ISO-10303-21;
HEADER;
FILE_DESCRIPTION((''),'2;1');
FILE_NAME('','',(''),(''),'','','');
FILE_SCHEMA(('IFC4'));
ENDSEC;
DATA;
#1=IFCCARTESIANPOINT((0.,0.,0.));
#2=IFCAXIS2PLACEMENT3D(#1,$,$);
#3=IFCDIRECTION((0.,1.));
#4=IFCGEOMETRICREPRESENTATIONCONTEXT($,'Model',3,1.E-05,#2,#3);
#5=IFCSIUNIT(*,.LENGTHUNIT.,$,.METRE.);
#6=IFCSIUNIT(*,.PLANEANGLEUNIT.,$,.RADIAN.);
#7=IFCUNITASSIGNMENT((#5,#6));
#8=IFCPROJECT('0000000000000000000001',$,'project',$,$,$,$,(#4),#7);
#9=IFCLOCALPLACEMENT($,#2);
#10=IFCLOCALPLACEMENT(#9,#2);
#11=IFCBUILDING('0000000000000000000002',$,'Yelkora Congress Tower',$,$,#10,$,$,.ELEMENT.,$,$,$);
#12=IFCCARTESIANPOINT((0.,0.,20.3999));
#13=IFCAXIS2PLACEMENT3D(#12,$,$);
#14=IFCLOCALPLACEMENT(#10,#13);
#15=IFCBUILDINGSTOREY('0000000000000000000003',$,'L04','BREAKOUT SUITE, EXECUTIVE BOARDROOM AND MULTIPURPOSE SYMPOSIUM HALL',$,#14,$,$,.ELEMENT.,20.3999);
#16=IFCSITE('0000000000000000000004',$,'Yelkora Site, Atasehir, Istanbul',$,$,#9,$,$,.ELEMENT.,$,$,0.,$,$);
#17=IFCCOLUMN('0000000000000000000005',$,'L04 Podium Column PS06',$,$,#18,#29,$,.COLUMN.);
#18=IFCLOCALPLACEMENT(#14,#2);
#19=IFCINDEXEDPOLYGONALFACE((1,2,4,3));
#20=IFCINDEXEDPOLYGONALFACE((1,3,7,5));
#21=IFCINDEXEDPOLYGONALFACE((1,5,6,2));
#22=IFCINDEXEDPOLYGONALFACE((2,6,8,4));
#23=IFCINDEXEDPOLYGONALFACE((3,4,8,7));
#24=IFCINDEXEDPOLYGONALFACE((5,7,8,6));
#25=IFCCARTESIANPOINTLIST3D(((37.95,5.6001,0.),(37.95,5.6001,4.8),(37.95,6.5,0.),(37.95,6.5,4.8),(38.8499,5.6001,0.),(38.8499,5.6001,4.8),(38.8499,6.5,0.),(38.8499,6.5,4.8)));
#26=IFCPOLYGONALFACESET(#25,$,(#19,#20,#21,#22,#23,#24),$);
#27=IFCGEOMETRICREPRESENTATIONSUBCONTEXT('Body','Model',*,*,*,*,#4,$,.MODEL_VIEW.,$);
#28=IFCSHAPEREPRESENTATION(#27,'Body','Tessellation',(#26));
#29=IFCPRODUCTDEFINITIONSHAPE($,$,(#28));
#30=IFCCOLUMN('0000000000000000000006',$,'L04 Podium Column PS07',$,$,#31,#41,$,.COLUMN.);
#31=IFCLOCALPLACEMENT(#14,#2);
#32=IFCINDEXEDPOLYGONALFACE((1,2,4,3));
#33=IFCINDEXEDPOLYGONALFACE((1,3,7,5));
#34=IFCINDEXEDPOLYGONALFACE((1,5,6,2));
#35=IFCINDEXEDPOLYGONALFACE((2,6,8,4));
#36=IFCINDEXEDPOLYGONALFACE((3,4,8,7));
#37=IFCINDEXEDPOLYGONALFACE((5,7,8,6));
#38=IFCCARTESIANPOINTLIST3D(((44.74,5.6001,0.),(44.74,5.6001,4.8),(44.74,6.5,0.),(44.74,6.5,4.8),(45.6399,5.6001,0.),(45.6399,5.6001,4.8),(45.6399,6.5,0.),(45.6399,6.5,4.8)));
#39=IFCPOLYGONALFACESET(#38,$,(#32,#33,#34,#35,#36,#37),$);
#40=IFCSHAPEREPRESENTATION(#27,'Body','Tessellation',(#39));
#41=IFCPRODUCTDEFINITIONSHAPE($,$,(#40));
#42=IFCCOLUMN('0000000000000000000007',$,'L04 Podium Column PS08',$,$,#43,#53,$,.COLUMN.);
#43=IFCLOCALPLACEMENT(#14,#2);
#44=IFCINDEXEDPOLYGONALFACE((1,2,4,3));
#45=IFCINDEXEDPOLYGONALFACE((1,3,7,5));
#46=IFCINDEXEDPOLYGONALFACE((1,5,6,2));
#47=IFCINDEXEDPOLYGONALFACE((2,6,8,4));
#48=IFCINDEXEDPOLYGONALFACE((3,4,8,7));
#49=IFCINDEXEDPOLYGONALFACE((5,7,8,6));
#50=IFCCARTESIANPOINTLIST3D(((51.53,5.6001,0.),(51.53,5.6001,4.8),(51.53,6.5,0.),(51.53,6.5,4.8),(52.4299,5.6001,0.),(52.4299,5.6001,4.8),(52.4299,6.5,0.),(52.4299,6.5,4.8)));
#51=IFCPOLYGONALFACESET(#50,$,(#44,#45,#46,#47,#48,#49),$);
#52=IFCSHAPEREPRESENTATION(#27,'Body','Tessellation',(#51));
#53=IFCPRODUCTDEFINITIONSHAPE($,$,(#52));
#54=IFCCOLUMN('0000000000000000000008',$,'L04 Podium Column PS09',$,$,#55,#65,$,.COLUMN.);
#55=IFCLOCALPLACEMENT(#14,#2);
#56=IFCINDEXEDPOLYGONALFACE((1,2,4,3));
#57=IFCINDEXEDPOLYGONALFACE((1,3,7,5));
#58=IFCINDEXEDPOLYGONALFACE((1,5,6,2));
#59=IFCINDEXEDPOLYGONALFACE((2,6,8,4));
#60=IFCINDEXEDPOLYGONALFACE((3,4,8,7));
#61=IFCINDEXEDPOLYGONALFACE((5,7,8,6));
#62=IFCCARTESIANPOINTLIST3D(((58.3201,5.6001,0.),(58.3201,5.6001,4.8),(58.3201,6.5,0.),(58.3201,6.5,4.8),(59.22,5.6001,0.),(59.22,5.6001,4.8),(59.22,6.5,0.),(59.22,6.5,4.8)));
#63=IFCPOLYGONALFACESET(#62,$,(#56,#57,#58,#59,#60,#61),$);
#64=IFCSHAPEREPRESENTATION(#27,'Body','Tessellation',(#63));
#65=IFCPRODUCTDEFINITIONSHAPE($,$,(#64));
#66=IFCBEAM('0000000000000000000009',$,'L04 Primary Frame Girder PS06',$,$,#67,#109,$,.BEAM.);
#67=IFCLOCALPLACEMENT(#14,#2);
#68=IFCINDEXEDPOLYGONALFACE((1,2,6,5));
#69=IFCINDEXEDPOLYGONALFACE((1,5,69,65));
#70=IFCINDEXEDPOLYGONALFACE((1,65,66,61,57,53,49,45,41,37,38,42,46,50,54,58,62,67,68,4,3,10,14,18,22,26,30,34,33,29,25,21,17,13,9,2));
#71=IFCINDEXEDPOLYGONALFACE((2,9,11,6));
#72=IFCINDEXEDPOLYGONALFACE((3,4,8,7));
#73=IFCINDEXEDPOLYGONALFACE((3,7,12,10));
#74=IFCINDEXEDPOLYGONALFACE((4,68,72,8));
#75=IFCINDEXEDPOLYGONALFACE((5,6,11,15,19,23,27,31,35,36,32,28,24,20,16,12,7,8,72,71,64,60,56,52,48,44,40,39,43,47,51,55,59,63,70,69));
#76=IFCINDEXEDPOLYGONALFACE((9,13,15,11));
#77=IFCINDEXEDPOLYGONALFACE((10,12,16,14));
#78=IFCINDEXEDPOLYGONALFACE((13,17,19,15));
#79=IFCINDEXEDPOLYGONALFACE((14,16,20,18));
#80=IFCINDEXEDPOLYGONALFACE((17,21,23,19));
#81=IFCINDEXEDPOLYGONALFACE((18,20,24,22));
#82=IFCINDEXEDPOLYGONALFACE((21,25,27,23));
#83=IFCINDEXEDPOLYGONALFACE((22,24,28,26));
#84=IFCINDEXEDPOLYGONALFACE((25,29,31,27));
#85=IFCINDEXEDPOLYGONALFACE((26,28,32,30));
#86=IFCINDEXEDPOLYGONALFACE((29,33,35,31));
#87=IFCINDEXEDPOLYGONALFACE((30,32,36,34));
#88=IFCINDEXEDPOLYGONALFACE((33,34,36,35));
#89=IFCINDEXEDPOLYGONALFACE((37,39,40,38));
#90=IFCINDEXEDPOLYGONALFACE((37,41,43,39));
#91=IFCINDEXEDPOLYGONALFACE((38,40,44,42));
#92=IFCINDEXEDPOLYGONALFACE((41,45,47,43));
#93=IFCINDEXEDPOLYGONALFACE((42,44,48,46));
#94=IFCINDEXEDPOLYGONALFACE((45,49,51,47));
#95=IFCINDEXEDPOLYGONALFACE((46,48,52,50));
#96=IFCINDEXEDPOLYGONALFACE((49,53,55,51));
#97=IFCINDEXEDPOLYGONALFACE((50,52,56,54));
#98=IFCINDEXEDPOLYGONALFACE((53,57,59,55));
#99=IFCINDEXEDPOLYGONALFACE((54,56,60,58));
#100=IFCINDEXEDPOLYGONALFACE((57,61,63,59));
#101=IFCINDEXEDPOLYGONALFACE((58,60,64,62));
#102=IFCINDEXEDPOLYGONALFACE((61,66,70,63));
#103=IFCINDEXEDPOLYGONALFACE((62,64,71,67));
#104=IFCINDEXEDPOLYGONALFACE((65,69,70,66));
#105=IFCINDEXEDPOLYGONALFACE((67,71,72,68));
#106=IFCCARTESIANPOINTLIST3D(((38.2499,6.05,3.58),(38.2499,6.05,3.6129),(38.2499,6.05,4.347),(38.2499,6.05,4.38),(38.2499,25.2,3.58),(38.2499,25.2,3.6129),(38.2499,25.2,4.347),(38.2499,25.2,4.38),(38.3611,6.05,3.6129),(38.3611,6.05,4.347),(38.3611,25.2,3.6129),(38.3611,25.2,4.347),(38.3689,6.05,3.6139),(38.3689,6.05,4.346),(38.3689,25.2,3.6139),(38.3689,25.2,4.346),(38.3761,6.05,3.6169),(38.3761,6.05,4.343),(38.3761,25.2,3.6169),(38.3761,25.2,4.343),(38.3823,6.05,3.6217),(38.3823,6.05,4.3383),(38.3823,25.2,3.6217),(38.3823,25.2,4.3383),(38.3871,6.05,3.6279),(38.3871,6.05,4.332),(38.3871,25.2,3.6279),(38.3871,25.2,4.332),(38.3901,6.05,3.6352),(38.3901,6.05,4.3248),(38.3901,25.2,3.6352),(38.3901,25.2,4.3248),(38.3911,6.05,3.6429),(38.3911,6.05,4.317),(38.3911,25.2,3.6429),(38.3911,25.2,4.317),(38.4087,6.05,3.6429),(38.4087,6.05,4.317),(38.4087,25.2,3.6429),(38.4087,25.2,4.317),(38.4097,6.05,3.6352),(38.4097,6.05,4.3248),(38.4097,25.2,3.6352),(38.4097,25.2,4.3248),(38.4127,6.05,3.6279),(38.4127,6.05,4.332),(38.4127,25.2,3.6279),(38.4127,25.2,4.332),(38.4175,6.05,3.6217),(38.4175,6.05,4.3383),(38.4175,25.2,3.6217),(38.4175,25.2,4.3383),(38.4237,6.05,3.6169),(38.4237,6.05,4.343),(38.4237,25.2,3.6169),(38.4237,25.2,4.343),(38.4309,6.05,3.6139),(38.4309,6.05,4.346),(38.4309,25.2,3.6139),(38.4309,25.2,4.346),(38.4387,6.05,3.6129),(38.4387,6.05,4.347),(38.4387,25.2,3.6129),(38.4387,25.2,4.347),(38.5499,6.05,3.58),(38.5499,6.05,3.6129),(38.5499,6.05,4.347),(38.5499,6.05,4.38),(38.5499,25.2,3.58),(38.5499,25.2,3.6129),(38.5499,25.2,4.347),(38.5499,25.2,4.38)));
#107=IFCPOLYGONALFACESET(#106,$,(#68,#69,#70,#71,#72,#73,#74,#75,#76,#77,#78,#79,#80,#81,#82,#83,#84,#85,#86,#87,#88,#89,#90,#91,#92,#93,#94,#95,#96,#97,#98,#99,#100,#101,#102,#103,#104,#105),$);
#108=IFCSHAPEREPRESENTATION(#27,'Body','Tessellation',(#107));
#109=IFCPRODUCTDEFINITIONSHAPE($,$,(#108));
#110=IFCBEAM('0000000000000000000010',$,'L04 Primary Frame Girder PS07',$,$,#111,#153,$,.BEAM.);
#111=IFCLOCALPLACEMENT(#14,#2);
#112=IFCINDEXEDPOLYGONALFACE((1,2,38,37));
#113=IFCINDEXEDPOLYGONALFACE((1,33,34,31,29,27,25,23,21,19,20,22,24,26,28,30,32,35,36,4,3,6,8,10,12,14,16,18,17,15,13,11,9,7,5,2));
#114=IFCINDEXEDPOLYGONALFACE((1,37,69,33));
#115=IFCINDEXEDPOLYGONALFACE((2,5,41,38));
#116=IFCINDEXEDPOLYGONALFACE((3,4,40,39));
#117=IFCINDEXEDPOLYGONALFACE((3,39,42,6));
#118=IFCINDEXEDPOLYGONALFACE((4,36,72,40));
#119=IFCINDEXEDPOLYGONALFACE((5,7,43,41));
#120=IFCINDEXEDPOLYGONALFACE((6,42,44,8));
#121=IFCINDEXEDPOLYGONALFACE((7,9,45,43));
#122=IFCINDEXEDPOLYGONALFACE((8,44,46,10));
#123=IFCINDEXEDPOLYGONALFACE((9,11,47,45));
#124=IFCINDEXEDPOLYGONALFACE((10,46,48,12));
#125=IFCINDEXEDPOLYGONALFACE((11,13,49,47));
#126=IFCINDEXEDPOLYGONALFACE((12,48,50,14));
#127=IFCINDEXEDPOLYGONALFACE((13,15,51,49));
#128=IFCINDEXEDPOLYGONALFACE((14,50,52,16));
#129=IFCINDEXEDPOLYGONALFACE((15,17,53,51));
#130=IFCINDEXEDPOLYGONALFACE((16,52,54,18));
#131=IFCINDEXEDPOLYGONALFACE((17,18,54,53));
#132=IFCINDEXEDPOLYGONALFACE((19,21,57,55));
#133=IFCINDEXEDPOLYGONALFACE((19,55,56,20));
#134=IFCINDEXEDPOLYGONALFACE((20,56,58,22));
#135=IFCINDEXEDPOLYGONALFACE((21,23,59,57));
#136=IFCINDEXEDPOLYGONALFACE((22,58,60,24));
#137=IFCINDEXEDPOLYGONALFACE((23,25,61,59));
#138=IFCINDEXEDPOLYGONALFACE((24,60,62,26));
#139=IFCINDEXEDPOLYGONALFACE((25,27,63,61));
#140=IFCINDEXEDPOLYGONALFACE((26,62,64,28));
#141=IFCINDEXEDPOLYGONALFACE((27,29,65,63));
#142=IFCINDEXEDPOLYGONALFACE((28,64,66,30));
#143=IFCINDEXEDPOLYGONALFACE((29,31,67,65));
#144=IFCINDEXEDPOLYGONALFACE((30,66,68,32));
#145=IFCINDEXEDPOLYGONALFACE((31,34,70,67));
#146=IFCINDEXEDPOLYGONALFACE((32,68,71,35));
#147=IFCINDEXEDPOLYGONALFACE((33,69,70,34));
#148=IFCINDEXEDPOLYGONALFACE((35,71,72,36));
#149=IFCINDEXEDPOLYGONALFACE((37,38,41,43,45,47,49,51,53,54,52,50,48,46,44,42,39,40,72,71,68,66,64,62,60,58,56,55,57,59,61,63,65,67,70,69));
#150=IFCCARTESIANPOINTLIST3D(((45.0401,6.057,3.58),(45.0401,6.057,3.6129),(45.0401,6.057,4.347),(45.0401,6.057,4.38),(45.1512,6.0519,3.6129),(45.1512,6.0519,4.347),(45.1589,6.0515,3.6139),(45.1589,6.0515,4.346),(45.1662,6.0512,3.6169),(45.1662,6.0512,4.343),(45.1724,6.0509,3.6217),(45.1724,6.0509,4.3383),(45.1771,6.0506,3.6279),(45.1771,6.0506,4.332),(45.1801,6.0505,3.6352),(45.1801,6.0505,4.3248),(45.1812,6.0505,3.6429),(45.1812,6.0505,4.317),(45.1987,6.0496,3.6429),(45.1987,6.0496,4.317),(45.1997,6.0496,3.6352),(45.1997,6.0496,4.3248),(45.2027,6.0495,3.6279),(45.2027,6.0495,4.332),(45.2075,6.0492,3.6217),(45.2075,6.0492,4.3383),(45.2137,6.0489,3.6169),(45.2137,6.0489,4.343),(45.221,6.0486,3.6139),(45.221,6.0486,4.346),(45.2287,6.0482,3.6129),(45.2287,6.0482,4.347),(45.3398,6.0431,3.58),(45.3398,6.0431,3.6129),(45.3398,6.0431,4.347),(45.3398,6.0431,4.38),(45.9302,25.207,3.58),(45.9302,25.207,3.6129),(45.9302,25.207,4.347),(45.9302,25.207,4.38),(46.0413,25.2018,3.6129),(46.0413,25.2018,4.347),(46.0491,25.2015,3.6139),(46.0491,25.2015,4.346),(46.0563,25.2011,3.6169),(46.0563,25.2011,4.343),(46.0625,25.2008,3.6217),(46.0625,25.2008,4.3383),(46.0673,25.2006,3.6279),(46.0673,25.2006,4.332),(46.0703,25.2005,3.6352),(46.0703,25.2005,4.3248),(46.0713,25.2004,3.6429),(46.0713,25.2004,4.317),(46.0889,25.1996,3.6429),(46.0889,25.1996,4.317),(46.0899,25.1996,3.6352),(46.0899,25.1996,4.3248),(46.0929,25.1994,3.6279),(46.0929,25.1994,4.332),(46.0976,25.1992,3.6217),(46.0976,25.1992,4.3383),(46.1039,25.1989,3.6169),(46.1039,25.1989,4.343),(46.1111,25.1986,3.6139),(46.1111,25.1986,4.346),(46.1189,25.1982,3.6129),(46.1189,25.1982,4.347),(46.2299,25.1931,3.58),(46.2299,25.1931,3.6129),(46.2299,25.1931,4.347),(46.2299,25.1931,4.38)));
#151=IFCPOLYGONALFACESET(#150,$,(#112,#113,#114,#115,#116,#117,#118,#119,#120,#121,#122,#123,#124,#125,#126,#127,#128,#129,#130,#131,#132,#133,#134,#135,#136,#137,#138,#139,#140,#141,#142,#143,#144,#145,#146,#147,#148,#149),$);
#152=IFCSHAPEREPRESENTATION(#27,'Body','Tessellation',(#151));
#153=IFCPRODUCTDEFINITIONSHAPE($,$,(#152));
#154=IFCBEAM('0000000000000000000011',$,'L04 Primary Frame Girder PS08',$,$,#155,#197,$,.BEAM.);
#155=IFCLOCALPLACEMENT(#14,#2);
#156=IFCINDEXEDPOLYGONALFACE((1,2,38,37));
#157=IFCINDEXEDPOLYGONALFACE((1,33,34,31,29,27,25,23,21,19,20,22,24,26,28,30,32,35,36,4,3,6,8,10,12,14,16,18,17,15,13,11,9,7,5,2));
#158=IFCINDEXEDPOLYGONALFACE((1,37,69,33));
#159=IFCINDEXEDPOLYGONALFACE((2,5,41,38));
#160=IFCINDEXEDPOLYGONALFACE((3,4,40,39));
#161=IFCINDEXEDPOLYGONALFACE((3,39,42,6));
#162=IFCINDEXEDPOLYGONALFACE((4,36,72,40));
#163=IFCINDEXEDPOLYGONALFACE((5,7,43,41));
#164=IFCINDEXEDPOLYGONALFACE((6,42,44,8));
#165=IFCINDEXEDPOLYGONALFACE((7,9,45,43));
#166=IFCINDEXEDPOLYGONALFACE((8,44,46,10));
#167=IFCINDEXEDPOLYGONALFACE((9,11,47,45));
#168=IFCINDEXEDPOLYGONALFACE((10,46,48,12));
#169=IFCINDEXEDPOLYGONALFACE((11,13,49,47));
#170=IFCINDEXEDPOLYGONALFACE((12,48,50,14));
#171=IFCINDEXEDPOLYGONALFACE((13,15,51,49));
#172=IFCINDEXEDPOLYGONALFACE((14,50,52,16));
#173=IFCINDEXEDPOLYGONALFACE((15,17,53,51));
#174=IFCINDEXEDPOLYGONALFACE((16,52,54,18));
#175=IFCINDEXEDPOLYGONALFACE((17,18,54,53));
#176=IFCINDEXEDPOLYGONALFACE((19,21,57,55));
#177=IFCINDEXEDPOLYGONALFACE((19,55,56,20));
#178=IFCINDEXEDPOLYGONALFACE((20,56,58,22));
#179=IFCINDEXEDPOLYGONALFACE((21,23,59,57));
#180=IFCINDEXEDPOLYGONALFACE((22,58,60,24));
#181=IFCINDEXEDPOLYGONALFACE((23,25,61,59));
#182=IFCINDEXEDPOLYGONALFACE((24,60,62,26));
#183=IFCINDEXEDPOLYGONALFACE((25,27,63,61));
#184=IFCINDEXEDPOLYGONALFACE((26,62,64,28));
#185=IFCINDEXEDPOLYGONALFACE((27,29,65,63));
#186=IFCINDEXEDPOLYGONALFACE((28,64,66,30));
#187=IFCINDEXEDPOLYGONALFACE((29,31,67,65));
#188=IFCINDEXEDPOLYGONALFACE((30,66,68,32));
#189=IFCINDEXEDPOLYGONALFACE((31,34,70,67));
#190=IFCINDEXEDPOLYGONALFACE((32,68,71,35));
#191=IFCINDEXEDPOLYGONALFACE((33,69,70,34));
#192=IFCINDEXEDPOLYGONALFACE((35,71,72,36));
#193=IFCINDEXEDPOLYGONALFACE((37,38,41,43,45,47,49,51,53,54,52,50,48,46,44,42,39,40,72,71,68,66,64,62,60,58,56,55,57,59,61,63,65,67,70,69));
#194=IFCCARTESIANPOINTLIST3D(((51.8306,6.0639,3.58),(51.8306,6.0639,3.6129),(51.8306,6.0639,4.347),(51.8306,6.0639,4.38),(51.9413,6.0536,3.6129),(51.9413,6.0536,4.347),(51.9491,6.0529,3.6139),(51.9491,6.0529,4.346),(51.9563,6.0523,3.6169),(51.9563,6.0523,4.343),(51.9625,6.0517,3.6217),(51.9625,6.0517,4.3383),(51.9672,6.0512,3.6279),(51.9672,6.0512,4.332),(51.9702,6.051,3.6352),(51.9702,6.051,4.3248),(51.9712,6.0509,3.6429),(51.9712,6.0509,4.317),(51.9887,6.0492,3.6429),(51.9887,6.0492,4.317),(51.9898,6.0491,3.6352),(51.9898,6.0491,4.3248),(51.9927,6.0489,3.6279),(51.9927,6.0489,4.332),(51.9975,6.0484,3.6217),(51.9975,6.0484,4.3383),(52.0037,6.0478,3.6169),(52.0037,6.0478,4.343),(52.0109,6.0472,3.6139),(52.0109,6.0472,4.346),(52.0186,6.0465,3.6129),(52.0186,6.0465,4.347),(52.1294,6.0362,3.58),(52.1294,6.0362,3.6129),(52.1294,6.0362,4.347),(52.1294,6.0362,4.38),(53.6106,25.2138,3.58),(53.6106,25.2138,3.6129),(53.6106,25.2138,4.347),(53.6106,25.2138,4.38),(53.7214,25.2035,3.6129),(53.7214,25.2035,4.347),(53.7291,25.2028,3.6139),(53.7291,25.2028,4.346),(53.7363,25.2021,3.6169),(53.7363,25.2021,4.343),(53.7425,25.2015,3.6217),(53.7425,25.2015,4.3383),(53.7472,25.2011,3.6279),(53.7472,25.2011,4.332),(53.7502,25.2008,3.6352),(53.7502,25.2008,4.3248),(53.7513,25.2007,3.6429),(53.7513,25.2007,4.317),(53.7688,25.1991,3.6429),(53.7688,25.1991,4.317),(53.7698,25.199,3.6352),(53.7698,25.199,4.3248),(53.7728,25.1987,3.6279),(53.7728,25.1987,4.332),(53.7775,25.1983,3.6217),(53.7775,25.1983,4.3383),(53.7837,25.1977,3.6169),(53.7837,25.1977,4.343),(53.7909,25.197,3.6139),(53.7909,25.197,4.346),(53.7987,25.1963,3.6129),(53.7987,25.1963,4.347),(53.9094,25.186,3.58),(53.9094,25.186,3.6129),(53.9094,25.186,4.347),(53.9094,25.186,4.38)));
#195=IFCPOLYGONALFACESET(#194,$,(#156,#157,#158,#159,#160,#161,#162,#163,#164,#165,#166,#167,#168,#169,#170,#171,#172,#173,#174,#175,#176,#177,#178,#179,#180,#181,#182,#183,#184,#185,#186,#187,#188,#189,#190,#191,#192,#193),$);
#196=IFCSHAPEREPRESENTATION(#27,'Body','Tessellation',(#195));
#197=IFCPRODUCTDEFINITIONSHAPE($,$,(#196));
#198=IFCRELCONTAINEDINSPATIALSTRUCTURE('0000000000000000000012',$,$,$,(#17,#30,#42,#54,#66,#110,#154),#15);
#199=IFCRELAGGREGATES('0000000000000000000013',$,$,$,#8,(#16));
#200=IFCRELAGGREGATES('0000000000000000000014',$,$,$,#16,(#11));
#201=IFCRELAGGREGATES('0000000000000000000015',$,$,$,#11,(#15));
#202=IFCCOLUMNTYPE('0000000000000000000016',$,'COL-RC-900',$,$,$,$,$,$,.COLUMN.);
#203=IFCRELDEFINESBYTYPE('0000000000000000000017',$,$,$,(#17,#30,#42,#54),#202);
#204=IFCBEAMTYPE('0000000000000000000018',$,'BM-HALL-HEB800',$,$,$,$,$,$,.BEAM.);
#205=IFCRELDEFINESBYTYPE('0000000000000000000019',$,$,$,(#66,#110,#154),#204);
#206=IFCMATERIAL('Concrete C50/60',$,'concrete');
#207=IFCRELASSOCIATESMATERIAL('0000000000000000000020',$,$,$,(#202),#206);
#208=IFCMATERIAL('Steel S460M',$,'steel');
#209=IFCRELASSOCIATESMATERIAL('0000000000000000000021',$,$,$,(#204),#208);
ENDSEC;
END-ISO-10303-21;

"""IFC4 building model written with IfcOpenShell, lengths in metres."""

from ifc_helpers import new_model, si_unit, direction, frame, origin, origin_2d, place, context, subcontext, project, spatial, rectangle, i_section, extrude, material, material_profile, profile_set, type_object, element, save


model = new_model("IFC4")

# Units and contexts
model_context = context("Model", 3, precision=1e-05, world=origin(), true_north=direction((0.0, 1.0)))
body_context = subcontext(model_context, "Body", "Model", "MODEL_VIEW")
ifc_project = project(units=[si_unit("LENGTHUNIT", "METRE"), si_unit("PLANEANGLEUNIT", "RADIAN")], contexts=[model_context])

# Site, building, storey
site_placement = place(None, origin())
site = spatial("IfcSite", under=ifc_project, at=site_placement, Name="Yelkora Site, Atasehir, Istanbul", CompositionType="ELEMENT", RefElevation=0.0)
building_placement = place(site_placement, origin())
building = spatial("IfcBuilding", under=site, at=building_placement, Name="Yelkora Congress Tower", CompositionType="ELEMENT")
storey_placement = place(building_placement, frame((0.0, 0.0, 20.3999)))
storey = spatial("IfcBuildingStorey", under=building, at=storey_placement, Name="L04", Description="BREAKOUT SUITE, EXECUTIVE BOARDROOM AND MULTIPURPOSE SYMPOSIUM HALL", CompositionType="ELEMENT", Elevation=20.3999)

# Columns
ifc_material_1 = material(Name="Concrete C50/60", Category="concrete")
ifc_material_profile_1 = material_profile(ifc_material_1, rectangle(XDim=0.8999, YDim=0.8999, at=origin_2d()), Name="RC 900x900")
ifc_profile_set_1 = profile_set([ifc_material_profile_1], Name="Concrete C50/60")
column_type = type_object("IfcColumnType", Name="COL-RC-900", PredefinedType="COLUMN", material=ifc_profile_set_1)
for number, where, z_axis, x_axis, name in (
    (1, (38.3999, 6.05, 0.0), (0.0, 0.0, 1.0), (1.0, 0.0, 0.0), "L04 Podium Column PS06"),
    (2, (45.1899, 6.05, 0.0), (0.0, 0.0, 1.0), (1.0, 0.0, 0.0), "L04 Podium Column PS07"),
    (3, (51.98, 6.05, 0.0), (0.0, 0.0, 1.0), (1.0, 0.0, 0.0), "L04 Podium Column PS08"),
    (4, (58.77, 6.05, 0.0), (0.0, 0.0, 1.0), (1.0, 0.0, 0.0), "L04 Podium Column PS09"),
):
    element("IfcColumn", number, at=place(storey_placement, frame(where, z_axis=z_axis, x_axis=x_axis)), inside=storey, type_object=column_type, Name=name, PredefinedType="COLUMN", context=body_context, shape_type="SweptSolid", body=[
        extrude(rectangle(XDim=0.8999, YDim=0.8999, at=origin_2d()), origin(), (0.0, 0.0, 1.0), 4.8),
    ])

# Beams
ifc_material_2 = material(Name="Steel S460M", Category="steel")
ifc_material_profile_2 = material_profile(ifc_material_2, i_section(OverallWidth=0.3, OverallDepth=0.8, WebThickness=0.0176, FlangeThickness=0.033, FilletRadius=0.03, at=origin_2d()), Name="HEB 800")
ifc_profile_set_2 = profile_set([ifc_material_profile_2], Name="Steel S460M")
beam_type_1 = type_object("IfcBeamType", Name="BM-HALL-HEB800", PredefinedType="BEAM", material=ifc_profile_set_2)
beam_1_placement = place(storey_placement, frame((38.3999, 6.05, 3.98), z_axis=(0.0, 1.0, 0.0), x_axis=(-1.0, 0.0, 0.0)))
element("IfcBeam", 5, at=beam_1_placement, inside=storey, type_object=beam_type_1, Name="L04 Primary Frame Girder PS06", PredefinedType="BEAM", context=body_context, shape_type="SweptSolid", body=[
    extrude(i_section(OverallWidth=0.3, OverallDepth=0.8, WebThickness=0.0176, FlangeThickness=0.033, FilletRadius=0.03, at=origin_2d()), origin(), (0.0, 0.0, 1.0), 19.1499),
])
beam_2_placement = place(storey_placement, frame((45.1899, 6.05, 3.98), z_axis=(0.046432, 0.998921, 0.0), x_axis=(-0.998921, 0.046432, 0.0)))
element("IfcBeam", 6, at=beam_2_placement, inside=storey, type_object=beam_type_1, Name="L04 Primary Frame Girder PS07", PredefinedType="BEAM", context=body_context, shape_type="SweptSolid", body=[
    extrude(i_section(OverallWidth=0.3, OverallDepth=0.8, WebThickness=0.0176, FlangeThickness=0.033, FilletRadius=0.03, at=origin_2d()), origin(), (0.0, 0.0, 1.0), 19.1707),
])
beam_3_placement = place(storey_placement, frame((51.98, 6.05, 3.98), z_axis=(0.092553, 0.995708, 0.0), x_axis=(-0.995708, 0.092553, 0.0)))
element("IfcBeam", 7, at=beam_3_placement, inside=storey, type_object=beam_type_1, Name="L04 Primary Frame Girder PS08", PredefinedType="BEAM", context=body_context, shape_type="SweptSolid", body=[
    extrude(i_section(OverallWidth=0.3, OverallDepth=0.8, WebThickness=0.0176, FlangeThickness=0.033, FilletRadius=0.03, at=origin_2d()), origin(), (0.0, 0.0, 1.0), 19.2324),
])

save(model, "model.ifc")
